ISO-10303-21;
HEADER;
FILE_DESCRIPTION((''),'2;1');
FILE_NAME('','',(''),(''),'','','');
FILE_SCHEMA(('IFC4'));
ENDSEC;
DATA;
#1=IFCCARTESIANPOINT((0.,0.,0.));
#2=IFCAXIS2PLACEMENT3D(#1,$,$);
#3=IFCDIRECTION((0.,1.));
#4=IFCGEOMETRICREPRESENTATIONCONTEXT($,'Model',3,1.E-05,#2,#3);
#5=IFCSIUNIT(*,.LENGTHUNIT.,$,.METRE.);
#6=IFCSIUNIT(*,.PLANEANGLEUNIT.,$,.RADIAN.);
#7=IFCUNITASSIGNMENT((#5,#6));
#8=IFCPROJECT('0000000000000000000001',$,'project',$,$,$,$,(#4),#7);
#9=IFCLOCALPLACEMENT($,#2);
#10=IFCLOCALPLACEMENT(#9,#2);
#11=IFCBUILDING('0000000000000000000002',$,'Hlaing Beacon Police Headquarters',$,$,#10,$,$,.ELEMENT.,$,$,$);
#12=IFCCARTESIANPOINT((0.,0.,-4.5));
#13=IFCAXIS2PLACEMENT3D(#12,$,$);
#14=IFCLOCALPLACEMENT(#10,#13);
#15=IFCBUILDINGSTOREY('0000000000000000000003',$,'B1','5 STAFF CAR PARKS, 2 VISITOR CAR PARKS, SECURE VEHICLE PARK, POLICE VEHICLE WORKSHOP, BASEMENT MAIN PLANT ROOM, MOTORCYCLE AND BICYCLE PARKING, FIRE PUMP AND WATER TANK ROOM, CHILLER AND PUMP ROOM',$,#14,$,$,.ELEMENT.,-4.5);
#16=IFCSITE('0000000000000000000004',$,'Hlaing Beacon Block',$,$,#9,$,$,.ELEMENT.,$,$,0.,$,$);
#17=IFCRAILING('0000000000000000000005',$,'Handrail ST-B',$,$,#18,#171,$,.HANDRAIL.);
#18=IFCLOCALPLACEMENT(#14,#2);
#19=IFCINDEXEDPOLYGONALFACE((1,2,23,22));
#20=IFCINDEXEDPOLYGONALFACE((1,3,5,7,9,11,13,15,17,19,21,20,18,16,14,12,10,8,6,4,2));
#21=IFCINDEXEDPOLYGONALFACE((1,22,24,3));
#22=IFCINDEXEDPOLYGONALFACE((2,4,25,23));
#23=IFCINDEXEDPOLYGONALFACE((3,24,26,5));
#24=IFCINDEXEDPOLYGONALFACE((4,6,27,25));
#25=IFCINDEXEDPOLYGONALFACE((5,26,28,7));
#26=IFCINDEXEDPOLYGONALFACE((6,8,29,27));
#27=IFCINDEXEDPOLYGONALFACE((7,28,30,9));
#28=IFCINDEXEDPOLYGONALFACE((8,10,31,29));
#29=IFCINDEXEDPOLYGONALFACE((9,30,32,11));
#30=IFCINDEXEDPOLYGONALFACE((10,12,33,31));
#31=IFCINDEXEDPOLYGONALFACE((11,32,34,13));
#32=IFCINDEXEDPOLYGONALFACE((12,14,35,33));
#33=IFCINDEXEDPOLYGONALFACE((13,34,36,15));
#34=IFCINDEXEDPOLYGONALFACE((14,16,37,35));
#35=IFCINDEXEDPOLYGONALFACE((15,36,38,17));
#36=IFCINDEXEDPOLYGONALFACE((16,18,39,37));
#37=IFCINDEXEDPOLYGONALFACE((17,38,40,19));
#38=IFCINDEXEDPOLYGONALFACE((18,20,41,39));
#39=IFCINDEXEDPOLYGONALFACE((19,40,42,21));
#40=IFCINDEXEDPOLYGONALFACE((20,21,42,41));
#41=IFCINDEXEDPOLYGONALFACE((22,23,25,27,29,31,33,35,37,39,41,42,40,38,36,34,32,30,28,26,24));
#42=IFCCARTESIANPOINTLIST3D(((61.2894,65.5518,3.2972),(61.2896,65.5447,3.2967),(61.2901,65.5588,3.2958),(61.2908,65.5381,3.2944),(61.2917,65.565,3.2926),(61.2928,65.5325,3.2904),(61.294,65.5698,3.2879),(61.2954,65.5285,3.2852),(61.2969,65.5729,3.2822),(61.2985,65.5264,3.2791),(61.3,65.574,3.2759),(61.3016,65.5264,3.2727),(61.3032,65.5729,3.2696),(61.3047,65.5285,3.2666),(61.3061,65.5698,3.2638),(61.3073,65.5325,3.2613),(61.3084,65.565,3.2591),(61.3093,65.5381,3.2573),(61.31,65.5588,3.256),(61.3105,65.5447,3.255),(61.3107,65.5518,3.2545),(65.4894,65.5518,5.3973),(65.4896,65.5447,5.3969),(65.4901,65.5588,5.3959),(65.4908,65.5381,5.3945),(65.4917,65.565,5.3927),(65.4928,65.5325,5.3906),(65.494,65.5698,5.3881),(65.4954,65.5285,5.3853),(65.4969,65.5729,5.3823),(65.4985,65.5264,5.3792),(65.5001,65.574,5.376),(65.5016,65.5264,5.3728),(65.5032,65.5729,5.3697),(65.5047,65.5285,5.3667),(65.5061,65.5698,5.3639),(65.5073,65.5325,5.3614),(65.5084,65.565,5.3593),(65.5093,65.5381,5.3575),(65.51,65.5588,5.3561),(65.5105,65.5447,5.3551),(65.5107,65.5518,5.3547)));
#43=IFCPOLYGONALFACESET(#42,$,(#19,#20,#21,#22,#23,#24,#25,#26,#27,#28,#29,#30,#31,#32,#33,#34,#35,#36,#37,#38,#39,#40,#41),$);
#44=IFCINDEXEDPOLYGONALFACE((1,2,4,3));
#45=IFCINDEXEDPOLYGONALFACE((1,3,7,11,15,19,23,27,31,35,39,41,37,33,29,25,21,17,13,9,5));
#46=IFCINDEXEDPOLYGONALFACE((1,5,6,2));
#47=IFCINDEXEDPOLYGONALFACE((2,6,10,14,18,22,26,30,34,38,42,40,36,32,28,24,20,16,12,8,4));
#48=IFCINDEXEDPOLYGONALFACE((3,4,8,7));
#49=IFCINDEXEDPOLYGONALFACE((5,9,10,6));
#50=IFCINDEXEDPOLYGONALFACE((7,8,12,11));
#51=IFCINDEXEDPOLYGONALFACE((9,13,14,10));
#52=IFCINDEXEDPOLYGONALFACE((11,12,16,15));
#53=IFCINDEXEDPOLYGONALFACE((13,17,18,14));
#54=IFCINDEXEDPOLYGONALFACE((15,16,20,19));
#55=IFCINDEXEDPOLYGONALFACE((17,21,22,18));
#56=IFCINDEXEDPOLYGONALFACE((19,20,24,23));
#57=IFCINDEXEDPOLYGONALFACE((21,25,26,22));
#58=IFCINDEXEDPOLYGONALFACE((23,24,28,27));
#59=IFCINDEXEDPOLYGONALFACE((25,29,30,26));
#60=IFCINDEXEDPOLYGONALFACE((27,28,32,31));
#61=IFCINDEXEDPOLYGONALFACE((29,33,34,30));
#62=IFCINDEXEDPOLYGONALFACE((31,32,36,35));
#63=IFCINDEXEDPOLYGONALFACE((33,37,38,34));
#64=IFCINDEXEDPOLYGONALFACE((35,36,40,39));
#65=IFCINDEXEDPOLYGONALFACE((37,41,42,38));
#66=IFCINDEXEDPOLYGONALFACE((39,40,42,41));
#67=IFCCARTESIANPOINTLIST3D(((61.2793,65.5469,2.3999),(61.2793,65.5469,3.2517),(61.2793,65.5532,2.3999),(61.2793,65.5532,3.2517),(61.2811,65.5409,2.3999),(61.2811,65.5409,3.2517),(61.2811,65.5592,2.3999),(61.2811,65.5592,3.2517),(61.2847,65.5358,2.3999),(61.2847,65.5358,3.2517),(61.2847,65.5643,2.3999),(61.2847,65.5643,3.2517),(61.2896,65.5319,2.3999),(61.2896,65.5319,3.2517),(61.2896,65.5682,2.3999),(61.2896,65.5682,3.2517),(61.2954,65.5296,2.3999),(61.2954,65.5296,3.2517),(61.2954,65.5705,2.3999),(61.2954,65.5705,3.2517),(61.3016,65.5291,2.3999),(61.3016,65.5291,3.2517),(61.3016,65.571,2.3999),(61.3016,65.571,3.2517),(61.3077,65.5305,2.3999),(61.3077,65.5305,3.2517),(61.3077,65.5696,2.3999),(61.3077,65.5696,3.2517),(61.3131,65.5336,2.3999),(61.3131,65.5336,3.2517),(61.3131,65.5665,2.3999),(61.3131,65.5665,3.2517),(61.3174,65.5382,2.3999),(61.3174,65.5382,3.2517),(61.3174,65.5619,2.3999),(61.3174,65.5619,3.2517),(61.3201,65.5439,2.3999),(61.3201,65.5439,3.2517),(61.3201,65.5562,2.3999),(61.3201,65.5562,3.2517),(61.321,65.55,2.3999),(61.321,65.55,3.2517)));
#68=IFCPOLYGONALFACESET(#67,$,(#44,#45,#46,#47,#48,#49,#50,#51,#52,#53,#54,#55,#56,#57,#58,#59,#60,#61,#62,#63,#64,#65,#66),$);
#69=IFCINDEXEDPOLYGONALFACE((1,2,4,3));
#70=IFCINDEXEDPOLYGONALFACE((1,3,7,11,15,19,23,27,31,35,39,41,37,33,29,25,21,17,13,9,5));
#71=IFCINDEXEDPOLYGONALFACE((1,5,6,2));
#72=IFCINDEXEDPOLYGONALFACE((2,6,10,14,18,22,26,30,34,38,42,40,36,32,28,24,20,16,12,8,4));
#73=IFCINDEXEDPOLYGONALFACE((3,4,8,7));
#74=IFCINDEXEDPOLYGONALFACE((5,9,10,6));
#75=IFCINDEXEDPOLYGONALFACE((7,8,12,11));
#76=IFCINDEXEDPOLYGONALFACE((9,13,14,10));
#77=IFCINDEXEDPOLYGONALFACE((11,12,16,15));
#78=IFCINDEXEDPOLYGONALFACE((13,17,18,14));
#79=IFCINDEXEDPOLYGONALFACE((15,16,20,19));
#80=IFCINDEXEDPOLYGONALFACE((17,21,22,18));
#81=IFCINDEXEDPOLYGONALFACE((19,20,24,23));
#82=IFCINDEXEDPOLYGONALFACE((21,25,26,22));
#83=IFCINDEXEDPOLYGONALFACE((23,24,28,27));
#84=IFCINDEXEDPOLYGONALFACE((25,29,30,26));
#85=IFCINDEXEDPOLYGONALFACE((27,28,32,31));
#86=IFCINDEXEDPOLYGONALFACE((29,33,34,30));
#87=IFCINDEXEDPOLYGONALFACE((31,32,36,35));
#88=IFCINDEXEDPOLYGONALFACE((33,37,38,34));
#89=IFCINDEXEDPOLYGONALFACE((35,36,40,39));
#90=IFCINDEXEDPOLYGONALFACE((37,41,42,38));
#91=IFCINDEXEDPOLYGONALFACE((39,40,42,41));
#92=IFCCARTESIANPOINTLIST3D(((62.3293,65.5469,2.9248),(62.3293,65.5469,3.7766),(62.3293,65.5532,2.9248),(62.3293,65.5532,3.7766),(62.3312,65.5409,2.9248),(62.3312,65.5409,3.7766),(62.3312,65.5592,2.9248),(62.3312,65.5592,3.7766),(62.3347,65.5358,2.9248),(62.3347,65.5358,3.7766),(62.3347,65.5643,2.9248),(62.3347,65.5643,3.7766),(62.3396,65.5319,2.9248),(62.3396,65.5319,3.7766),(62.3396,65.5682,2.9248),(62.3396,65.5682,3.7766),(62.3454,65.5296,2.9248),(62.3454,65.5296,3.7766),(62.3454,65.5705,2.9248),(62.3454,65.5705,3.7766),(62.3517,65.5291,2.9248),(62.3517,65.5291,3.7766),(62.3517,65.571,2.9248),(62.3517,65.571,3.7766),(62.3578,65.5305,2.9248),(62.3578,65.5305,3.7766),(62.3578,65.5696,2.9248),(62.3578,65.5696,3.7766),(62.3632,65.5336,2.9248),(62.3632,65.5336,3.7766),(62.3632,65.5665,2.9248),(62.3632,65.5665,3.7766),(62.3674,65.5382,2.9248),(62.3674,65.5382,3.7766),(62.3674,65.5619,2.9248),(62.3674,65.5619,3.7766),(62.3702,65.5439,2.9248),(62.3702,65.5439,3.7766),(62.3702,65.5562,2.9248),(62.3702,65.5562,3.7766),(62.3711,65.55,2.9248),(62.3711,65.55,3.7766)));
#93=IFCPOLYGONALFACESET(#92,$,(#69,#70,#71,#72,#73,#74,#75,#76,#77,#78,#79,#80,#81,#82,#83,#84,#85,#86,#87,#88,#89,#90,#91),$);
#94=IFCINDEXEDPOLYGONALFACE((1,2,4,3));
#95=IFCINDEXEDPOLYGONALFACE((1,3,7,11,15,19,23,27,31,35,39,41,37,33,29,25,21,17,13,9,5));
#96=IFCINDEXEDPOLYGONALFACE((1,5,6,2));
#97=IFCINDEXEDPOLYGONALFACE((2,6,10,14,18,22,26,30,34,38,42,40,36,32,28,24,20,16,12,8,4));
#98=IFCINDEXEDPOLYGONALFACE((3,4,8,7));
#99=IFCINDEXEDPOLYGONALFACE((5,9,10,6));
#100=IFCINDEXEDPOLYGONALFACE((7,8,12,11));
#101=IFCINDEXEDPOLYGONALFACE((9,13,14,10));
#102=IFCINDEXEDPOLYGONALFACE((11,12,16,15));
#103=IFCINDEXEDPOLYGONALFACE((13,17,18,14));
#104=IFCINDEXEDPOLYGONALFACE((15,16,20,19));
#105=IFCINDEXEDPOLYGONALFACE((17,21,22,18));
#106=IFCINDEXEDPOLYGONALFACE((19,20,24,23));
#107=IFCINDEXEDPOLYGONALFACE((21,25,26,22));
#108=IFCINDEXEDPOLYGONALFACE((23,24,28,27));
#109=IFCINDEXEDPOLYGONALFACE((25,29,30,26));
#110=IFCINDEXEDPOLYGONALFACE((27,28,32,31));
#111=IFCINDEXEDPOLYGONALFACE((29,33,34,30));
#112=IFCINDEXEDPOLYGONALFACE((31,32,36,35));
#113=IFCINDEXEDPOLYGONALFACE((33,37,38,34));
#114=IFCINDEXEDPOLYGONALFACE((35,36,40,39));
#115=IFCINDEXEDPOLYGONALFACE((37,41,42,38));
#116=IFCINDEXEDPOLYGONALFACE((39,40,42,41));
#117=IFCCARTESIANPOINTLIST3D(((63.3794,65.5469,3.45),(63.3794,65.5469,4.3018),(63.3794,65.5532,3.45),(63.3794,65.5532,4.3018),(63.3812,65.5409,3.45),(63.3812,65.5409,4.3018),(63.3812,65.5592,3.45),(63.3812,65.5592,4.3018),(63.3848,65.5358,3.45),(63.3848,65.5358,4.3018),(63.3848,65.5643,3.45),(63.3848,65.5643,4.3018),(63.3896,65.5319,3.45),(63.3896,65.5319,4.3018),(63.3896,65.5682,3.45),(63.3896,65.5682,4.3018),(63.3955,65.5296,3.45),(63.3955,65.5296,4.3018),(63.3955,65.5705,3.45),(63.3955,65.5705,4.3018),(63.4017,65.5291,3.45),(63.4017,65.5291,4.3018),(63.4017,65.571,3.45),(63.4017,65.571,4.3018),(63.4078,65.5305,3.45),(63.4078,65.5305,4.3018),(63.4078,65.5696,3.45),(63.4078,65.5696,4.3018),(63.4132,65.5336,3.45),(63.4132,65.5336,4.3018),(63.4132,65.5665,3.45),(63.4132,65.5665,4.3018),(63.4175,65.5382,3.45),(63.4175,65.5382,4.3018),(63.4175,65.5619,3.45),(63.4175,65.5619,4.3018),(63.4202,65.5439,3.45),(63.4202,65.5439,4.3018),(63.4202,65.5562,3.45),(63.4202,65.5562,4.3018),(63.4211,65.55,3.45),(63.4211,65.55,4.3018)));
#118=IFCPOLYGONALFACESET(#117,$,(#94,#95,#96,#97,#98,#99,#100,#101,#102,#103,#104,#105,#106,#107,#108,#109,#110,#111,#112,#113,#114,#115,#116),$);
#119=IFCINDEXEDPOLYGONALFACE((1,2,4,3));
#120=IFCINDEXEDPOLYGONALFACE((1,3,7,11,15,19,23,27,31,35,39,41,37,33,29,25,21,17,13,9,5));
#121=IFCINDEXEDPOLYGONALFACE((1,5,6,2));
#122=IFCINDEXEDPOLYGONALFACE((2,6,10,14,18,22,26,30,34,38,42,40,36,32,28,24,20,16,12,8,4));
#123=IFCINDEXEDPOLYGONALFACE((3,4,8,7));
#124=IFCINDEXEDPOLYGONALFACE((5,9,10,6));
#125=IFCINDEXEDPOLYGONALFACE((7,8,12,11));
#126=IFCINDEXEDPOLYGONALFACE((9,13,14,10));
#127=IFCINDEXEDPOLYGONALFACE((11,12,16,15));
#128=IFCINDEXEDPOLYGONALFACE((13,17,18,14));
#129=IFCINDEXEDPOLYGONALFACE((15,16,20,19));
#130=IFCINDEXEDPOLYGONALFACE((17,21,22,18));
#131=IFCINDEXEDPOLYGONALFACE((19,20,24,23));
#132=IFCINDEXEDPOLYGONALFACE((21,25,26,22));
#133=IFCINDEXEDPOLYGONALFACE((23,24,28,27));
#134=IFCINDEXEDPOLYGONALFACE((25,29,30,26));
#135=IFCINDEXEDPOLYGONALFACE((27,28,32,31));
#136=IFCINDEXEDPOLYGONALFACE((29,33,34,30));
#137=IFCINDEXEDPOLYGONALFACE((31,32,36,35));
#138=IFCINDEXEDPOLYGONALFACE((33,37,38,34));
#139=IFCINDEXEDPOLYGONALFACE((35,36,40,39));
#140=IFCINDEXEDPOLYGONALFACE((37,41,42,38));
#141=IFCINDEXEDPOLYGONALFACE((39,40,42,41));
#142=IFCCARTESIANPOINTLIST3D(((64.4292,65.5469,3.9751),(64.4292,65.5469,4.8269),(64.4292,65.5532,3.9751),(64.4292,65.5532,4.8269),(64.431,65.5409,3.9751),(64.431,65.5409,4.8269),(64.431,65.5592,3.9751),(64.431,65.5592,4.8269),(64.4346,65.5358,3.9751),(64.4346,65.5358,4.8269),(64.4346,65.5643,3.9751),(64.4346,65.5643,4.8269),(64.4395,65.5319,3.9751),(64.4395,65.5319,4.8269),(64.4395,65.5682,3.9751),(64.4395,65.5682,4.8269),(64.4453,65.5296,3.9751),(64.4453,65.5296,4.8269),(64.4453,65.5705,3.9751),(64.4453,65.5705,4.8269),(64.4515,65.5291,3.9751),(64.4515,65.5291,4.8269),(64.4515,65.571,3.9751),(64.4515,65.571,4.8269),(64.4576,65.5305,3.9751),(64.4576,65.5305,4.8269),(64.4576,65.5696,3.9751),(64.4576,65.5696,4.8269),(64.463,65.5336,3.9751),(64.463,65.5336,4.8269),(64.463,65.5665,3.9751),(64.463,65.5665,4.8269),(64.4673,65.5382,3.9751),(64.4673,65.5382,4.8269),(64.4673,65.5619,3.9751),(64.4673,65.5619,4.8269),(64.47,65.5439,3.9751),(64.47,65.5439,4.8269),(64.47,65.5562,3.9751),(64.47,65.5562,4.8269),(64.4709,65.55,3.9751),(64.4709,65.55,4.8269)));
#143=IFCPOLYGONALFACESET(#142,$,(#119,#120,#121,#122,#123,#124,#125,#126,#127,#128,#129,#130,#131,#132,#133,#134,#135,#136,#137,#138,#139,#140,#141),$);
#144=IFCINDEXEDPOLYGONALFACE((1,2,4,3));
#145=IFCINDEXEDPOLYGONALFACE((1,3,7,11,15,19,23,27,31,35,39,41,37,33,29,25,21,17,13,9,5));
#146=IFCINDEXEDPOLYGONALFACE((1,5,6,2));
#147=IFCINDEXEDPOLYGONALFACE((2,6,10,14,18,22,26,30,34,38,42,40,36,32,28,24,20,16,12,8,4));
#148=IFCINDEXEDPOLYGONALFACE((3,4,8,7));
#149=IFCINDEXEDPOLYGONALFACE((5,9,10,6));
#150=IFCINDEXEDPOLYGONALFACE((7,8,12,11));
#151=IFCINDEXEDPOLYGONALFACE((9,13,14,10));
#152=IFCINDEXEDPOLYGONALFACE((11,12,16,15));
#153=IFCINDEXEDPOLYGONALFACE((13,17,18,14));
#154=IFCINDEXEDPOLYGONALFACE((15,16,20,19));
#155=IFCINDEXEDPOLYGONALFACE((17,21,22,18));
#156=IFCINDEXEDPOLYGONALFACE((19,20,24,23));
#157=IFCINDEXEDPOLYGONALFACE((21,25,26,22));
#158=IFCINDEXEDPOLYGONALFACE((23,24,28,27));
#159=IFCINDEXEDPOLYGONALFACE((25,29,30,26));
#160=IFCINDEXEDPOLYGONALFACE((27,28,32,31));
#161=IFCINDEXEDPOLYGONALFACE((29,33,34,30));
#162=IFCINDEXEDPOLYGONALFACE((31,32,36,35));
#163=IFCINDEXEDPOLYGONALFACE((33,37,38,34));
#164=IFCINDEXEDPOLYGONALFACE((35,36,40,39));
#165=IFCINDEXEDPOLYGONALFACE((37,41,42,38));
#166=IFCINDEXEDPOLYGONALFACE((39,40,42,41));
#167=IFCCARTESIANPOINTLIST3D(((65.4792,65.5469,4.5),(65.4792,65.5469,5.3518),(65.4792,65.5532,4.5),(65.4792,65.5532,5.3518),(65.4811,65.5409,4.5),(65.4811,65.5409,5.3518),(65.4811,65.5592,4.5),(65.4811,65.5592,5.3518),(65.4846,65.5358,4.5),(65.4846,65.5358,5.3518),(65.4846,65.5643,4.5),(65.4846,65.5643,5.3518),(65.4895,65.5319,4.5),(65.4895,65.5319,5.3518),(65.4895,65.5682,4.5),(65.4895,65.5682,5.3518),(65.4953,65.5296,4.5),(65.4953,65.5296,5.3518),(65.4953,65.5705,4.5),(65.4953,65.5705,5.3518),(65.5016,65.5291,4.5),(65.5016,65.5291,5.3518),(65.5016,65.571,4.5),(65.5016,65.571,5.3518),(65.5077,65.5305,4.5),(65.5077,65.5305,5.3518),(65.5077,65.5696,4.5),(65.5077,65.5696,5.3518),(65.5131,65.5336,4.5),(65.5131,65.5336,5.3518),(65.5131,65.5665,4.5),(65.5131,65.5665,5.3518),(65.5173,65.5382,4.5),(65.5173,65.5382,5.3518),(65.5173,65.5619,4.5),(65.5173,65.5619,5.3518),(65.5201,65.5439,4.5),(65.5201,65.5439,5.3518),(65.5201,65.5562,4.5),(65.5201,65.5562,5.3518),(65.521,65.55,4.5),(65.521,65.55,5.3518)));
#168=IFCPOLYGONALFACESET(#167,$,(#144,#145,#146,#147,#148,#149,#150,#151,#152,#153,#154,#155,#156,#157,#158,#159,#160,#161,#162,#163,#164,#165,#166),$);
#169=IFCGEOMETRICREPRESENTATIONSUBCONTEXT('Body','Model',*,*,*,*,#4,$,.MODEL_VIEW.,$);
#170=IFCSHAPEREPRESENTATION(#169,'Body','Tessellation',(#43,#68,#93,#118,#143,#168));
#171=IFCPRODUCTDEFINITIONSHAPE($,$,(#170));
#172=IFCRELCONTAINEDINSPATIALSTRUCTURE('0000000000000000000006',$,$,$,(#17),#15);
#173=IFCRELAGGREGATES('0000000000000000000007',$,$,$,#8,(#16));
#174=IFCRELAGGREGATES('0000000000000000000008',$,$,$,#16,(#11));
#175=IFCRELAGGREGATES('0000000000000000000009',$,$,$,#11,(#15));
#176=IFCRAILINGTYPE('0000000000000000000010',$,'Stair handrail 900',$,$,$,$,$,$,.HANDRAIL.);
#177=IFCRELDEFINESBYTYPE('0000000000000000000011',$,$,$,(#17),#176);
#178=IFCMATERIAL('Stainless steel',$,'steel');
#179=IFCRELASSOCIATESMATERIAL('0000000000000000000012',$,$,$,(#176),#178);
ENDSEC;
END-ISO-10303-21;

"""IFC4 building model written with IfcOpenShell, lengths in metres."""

from ifc_helpers import new_model, si_unit, direction, frame, origin, origin_2d, place, context, subcontext, project, spatial, circle, extrude, material, type_object, element, save


model = new_model("IFC4")

# Units and contexts
model_context = context("Model", 3, precision=1e-05, world=origin(), true_north=direction((0.0, 1.0)))
body_context = subcontext(model_context, "Body", "Model", "MODEL_VIEW")
ifc_project = project(units=[si_unit("LENGTHUNIT", "METRE"), si_unit("PLANEANGLEUNIT", "RADIAN")], contexts=[model_context])

# Site, building, storey
site_placement = place(None, origin())
site = spatial("IfcSite", under=ifc_project, at=site_placement, Name="Hlaing Beacon Block", CompositionType="ELEMENT", RefElevation=0.0)
building_placement = place(site_placement, origin())
building = spatial("IfcBuilding", under=site, at=building_placement, Name="Hlaing Beacon Police Headquarters", CompositionType="ELEMENT")
storey_placement = place(building_placement, frame((0.0, 0.0, -4.5)))
storey = spatial("IfcBuildingStorey", under=building, at=storey_placement, Name="B1", Description="5 STAFF CAR PARKS, 2 VISITOR CAR PARKS, SECURE VEHICLE PARK, POLICE VEHICLE WORKSHOP, BASEMENT MAIN PLANT ROOM, MOTORCYCLE AND BICYCLE PARKING, FIRE PUMP AND WATER TANK ROOM, CHILLER AND PUMP ROOM", CompositionType="ELEMENT", Elevation=-4.5)

# Railing
ifc_material_1 = material(Name="Stainless steel", Category="steel")
railing_type = type_object("IfcRailingType", Name="Stair handrail 900", PredefinedType="HANDRAIL", material=ifc_material_1)
for number, where, name in (
    (1, (61.3, 65.55, 2.3999), "Handrail ST-B"),
):
    element("IfcRailing", number, at=place(storey_placement, frame(where)), inside=storey, type_object=railing_type, Name=name, PredefinedType="HANDRAIL", context=body_context, shape_type="SweptSolid", body=[
        extrude(circle(Radius=0.0239, at=origin_2d()), frame((0.0, 0.0, 0.876), z_axis=(0.894417, 0.0, 0.447234), x_axis=(0.0, 1.0, 0.0)), (0.0, 0.0, 1.0), 4.6958),
        extrude(circle(Radius=0.021, at=origin_2d()), origin(), (0.0, 0.0, 1.0), 0.8518),
        extrude(circle(Radius=0.021, at=origin_2d()), frame((1.05, 0.0, 0.5249)), (0.0, 0.0, 1.0), 0.8518),
        extrude(circle(Radius=0.021, at=origin_2d()), frame((2.1001, 0.0, 1.05)), (0.0, 0.0, 1.0), 0.8518),
        extrude(circle(Radius=0.021, at=origin_2d()), frame((3.1499, 0.0, 1.5752)), (0.0, 0.0, 1.0), 0.8518),
        extrude(circle(Radius=0.021, at=origin_2d()), frame((4.2, 0.0, 2.1001)), (0.0, 0.0, 1.0), 0.8518),
    ])

save(model, "model.ifc")
